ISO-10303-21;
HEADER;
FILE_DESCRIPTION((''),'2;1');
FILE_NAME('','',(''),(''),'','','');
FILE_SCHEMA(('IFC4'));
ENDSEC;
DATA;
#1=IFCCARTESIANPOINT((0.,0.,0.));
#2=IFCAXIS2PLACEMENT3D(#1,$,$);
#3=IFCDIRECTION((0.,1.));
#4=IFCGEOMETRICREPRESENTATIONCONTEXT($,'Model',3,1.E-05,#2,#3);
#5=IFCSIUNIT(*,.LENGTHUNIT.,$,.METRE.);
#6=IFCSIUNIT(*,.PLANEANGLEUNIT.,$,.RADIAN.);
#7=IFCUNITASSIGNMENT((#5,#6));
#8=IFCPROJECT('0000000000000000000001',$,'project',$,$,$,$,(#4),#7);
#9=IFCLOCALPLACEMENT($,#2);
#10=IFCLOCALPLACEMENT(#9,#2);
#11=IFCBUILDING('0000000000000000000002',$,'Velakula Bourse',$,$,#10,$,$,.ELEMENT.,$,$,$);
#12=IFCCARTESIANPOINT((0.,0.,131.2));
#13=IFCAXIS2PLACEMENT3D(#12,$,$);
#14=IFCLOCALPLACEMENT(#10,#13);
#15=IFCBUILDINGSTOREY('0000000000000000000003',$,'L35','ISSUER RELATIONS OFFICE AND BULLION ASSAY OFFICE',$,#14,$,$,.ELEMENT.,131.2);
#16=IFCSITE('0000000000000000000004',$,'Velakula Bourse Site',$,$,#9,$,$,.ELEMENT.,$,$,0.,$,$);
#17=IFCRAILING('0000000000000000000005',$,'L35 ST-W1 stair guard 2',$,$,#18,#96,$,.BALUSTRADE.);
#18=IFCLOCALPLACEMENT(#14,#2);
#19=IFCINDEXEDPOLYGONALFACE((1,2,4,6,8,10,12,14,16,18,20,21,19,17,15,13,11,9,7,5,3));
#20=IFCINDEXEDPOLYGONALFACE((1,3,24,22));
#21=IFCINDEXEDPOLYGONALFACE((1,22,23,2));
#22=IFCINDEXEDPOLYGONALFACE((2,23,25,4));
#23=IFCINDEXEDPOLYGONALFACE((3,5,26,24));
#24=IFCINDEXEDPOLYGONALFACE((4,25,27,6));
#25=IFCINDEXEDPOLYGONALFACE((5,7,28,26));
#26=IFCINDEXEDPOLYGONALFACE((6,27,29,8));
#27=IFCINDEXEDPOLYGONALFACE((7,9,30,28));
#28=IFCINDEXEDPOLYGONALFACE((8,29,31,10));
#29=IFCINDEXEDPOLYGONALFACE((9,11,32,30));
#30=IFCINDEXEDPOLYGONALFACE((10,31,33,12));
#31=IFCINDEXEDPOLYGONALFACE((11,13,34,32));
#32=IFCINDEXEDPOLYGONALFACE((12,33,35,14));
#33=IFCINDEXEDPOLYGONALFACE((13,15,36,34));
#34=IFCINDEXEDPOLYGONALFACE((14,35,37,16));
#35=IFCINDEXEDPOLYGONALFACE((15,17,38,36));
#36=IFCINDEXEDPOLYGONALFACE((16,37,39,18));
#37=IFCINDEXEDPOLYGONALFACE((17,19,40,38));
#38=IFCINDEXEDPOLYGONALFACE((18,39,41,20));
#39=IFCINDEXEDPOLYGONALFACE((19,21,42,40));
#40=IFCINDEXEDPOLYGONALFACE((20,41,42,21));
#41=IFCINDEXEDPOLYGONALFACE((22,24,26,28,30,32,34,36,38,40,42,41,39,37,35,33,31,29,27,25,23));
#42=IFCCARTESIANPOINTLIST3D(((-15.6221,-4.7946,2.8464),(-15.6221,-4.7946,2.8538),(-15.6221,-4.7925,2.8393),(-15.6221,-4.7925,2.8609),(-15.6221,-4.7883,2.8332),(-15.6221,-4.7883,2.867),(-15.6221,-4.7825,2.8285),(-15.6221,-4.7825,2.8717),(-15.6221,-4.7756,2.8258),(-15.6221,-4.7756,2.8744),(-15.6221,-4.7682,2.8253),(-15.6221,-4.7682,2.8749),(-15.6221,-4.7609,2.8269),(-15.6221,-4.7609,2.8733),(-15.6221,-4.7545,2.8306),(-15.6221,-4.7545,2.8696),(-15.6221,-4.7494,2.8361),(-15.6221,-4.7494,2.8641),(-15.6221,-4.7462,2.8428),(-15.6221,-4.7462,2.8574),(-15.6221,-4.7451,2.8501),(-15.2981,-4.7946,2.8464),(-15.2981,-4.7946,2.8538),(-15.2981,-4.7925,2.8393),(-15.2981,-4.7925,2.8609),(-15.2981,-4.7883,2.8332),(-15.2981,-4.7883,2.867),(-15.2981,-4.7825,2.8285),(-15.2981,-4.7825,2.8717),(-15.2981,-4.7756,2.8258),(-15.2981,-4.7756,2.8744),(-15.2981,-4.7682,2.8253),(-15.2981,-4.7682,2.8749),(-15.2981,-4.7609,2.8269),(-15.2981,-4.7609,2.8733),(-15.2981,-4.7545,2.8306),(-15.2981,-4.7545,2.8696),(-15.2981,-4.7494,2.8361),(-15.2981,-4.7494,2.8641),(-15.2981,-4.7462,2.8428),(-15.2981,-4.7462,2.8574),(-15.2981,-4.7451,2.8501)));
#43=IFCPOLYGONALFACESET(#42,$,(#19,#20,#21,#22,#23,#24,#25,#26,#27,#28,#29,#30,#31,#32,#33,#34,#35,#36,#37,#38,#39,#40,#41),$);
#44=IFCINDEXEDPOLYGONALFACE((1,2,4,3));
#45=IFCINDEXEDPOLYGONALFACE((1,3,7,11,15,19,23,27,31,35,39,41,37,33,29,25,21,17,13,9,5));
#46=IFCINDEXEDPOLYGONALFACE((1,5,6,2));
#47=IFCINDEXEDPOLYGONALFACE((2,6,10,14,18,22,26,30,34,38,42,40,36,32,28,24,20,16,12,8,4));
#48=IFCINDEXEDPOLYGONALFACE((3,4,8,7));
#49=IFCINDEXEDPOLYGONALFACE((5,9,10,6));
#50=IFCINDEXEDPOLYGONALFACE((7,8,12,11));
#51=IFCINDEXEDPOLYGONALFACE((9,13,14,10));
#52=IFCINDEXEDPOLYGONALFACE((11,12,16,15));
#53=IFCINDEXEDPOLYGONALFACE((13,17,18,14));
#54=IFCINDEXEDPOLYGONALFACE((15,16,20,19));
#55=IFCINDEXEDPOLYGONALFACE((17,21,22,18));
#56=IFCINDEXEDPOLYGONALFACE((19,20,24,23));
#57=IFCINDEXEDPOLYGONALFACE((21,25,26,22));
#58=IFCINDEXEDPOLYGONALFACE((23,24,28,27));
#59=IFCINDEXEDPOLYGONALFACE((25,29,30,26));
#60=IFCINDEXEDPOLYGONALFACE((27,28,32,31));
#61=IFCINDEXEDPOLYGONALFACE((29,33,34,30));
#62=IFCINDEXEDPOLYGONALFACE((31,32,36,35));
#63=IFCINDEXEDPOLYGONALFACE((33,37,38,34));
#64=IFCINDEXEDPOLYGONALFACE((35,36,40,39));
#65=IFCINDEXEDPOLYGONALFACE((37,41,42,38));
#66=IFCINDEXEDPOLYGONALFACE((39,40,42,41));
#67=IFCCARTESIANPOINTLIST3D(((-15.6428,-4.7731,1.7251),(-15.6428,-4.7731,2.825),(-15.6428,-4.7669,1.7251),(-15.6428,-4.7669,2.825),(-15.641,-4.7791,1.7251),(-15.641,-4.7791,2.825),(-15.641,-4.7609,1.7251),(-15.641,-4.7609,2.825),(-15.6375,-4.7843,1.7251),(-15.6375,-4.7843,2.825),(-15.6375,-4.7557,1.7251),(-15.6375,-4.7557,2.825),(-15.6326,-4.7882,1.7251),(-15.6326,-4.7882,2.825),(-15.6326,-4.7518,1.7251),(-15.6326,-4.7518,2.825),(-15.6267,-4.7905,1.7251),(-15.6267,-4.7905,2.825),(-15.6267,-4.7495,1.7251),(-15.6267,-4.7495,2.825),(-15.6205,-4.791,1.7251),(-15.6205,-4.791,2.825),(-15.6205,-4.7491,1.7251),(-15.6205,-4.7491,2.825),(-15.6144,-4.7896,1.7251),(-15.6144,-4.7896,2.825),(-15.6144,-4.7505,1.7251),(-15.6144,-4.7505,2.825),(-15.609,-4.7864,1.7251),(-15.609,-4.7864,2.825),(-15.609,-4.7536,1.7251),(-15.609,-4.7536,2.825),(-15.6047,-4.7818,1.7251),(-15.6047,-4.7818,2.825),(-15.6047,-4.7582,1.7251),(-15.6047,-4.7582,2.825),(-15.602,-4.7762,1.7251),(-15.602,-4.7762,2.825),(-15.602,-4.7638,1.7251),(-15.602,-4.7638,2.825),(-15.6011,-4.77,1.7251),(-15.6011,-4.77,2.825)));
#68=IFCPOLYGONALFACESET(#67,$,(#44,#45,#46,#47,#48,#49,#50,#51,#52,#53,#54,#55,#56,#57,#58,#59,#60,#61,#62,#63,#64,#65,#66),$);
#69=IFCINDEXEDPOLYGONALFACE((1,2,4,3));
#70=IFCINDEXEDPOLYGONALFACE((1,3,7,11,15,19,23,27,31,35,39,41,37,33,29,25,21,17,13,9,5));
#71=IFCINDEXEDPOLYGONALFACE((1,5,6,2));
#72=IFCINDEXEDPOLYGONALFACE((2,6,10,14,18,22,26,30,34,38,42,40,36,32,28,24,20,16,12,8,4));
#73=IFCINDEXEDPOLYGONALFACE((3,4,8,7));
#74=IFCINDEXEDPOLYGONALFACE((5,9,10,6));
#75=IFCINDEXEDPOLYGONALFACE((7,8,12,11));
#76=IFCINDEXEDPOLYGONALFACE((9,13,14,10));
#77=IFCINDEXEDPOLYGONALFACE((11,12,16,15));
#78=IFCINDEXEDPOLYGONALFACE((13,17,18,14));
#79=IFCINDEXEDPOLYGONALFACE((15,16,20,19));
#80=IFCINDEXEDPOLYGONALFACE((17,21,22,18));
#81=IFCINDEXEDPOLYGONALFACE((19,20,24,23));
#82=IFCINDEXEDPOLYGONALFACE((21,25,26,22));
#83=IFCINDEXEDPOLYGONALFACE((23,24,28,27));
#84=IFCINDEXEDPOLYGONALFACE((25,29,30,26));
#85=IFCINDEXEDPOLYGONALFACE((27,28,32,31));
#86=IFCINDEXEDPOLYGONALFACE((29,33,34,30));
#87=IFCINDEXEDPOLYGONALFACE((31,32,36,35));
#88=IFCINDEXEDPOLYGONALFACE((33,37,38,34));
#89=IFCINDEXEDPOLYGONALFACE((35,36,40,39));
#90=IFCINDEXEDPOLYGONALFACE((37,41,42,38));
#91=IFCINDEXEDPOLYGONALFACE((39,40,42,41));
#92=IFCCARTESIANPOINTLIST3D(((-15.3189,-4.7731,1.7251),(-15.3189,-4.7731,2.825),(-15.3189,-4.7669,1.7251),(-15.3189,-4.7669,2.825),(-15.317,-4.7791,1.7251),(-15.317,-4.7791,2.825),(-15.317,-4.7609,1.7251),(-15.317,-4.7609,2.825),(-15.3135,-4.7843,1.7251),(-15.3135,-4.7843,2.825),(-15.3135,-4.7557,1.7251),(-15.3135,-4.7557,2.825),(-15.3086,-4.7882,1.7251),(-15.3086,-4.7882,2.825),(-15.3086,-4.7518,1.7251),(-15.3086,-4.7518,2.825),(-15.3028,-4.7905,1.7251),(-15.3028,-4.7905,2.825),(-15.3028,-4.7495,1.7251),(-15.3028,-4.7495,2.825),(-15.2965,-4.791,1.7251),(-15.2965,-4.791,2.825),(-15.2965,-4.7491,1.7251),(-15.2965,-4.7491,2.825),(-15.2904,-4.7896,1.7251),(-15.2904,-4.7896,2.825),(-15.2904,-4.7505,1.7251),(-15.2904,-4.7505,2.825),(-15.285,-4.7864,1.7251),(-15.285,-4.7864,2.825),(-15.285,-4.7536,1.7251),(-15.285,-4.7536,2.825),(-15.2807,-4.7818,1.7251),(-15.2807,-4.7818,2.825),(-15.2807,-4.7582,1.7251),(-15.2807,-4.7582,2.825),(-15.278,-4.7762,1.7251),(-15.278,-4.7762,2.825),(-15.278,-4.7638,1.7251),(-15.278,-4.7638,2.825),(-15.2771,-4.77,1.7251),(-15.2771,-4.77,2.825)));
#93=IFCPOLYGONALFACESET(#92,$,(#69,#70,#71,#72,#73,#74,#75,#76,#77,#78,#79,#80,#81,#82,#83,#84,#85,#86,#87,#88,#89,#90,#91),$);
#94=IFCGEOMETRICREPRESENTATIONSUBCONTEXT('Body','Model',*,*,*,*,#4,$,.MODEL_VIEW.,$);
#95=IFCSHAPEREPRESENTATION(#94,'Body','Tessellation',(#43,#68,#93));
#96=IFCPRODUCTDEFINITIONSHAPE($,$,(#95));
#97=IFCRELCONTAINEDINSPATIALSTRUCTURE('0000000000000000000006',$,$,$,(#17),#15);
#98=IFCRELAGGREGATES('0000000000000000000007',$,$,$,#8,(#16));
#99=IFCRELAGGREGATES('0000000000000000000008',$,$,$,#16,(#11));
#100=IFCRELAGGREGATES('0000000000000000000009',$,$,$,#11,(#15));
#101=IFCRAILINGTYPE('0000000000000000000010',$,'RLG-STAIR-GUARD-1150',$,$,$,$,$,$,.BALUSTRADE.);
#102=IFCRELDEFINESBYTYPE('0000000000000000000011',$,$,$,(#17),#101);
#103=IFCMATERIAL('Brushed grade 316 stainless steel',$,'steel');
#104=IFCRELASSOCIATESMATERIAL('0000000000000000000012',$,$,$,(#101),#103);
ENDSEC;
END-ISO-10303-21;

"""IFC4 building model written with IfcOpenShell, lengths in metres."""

from ifc_helpers import new_model, si_unit, direction, frame, origin, origin_2d, place, context, subcontext, project, spatial, circle, extrude, material, type_object, element, save


model = new_model("IFC4")

# Units and contexts
model_context = context("Model", 3, precision=1e-05, world=origin(), true_north=direction((0.0, 1.0)))
body_context = subcontext(model_context, "Body", "Model", "MODEL_VIEW")
ifc_project = project(units=[si_unit("LENGTHUNIT", "METRE"), si_unit("PLANEANGLEUNIT", "RADIAN")], contexts=[model_context])

# Site, building, storey
site_placement = place(None, origin())
site = spatial("IfcSite", under=ifc_project, at=site_placement, Name="Velakula Bourse Site", CompositionType="ELEMENT", RefElevation=0.0)
building_placement = place(site_placement, origin())
building = spatial("IfcBuilding", under=site, at=building_placement, Name="Velakula Bourse", CompositionType="ELEMENT")
storey_placement = place(building_placement, frame((0.0, 0.0, 131.2)))
storey = spatial("IfcBuildingStorey", under=building, at=storey_placement, Name="L35", Description="ISSUER RELATIONS OFFICE AND BULLION ASSAY OFFICE", CompositionType="ELEMENT", Elevation=131.2)

# Shared definitions
ifc_material_1 = material(Name="Brushed grade 316 stainless steel", Category="steel")

# Railing
railing_type_1 = type_object("IfcRailingType", Name="RLG-STAIR-GUARD-1150", PredefinedType="BALUSTRADE", material=ifc_material_1)
railing_1_placement = place(storey_placement, frame((-15.6221, -4.77, 1.7251)))
element("IfcRailing", 1, at=railing_1_placement, inside=storey, type_object=railing_type_1, Name="L35 ST-W1 stair guard 2", PredefinedType="BALUSTRADE", context=body_context, shape_type="SweptSolid", body=[
    extrude(circle(Radius=0.0249, at=origin_2d()), frame((0.0, 0.0, 1.125), z_axis=(1.0, 0.0, 0.0), x_axis=(0.0, 1.0, 0.0)), (0.0, 0.0, 1.0), 0.324),
    extrude(circle(Radius=0.021, at=origin_2d()), origin(), (0.0, 0.0, 1.0), 1.0999),
    extrude(circle(Radius=0.021, at=origin_2d()), frame((0.324, 0.0, 0.0)), (0.0, 0.0, 1.0), 1.0999),
])

save(model, "model.ifc")
